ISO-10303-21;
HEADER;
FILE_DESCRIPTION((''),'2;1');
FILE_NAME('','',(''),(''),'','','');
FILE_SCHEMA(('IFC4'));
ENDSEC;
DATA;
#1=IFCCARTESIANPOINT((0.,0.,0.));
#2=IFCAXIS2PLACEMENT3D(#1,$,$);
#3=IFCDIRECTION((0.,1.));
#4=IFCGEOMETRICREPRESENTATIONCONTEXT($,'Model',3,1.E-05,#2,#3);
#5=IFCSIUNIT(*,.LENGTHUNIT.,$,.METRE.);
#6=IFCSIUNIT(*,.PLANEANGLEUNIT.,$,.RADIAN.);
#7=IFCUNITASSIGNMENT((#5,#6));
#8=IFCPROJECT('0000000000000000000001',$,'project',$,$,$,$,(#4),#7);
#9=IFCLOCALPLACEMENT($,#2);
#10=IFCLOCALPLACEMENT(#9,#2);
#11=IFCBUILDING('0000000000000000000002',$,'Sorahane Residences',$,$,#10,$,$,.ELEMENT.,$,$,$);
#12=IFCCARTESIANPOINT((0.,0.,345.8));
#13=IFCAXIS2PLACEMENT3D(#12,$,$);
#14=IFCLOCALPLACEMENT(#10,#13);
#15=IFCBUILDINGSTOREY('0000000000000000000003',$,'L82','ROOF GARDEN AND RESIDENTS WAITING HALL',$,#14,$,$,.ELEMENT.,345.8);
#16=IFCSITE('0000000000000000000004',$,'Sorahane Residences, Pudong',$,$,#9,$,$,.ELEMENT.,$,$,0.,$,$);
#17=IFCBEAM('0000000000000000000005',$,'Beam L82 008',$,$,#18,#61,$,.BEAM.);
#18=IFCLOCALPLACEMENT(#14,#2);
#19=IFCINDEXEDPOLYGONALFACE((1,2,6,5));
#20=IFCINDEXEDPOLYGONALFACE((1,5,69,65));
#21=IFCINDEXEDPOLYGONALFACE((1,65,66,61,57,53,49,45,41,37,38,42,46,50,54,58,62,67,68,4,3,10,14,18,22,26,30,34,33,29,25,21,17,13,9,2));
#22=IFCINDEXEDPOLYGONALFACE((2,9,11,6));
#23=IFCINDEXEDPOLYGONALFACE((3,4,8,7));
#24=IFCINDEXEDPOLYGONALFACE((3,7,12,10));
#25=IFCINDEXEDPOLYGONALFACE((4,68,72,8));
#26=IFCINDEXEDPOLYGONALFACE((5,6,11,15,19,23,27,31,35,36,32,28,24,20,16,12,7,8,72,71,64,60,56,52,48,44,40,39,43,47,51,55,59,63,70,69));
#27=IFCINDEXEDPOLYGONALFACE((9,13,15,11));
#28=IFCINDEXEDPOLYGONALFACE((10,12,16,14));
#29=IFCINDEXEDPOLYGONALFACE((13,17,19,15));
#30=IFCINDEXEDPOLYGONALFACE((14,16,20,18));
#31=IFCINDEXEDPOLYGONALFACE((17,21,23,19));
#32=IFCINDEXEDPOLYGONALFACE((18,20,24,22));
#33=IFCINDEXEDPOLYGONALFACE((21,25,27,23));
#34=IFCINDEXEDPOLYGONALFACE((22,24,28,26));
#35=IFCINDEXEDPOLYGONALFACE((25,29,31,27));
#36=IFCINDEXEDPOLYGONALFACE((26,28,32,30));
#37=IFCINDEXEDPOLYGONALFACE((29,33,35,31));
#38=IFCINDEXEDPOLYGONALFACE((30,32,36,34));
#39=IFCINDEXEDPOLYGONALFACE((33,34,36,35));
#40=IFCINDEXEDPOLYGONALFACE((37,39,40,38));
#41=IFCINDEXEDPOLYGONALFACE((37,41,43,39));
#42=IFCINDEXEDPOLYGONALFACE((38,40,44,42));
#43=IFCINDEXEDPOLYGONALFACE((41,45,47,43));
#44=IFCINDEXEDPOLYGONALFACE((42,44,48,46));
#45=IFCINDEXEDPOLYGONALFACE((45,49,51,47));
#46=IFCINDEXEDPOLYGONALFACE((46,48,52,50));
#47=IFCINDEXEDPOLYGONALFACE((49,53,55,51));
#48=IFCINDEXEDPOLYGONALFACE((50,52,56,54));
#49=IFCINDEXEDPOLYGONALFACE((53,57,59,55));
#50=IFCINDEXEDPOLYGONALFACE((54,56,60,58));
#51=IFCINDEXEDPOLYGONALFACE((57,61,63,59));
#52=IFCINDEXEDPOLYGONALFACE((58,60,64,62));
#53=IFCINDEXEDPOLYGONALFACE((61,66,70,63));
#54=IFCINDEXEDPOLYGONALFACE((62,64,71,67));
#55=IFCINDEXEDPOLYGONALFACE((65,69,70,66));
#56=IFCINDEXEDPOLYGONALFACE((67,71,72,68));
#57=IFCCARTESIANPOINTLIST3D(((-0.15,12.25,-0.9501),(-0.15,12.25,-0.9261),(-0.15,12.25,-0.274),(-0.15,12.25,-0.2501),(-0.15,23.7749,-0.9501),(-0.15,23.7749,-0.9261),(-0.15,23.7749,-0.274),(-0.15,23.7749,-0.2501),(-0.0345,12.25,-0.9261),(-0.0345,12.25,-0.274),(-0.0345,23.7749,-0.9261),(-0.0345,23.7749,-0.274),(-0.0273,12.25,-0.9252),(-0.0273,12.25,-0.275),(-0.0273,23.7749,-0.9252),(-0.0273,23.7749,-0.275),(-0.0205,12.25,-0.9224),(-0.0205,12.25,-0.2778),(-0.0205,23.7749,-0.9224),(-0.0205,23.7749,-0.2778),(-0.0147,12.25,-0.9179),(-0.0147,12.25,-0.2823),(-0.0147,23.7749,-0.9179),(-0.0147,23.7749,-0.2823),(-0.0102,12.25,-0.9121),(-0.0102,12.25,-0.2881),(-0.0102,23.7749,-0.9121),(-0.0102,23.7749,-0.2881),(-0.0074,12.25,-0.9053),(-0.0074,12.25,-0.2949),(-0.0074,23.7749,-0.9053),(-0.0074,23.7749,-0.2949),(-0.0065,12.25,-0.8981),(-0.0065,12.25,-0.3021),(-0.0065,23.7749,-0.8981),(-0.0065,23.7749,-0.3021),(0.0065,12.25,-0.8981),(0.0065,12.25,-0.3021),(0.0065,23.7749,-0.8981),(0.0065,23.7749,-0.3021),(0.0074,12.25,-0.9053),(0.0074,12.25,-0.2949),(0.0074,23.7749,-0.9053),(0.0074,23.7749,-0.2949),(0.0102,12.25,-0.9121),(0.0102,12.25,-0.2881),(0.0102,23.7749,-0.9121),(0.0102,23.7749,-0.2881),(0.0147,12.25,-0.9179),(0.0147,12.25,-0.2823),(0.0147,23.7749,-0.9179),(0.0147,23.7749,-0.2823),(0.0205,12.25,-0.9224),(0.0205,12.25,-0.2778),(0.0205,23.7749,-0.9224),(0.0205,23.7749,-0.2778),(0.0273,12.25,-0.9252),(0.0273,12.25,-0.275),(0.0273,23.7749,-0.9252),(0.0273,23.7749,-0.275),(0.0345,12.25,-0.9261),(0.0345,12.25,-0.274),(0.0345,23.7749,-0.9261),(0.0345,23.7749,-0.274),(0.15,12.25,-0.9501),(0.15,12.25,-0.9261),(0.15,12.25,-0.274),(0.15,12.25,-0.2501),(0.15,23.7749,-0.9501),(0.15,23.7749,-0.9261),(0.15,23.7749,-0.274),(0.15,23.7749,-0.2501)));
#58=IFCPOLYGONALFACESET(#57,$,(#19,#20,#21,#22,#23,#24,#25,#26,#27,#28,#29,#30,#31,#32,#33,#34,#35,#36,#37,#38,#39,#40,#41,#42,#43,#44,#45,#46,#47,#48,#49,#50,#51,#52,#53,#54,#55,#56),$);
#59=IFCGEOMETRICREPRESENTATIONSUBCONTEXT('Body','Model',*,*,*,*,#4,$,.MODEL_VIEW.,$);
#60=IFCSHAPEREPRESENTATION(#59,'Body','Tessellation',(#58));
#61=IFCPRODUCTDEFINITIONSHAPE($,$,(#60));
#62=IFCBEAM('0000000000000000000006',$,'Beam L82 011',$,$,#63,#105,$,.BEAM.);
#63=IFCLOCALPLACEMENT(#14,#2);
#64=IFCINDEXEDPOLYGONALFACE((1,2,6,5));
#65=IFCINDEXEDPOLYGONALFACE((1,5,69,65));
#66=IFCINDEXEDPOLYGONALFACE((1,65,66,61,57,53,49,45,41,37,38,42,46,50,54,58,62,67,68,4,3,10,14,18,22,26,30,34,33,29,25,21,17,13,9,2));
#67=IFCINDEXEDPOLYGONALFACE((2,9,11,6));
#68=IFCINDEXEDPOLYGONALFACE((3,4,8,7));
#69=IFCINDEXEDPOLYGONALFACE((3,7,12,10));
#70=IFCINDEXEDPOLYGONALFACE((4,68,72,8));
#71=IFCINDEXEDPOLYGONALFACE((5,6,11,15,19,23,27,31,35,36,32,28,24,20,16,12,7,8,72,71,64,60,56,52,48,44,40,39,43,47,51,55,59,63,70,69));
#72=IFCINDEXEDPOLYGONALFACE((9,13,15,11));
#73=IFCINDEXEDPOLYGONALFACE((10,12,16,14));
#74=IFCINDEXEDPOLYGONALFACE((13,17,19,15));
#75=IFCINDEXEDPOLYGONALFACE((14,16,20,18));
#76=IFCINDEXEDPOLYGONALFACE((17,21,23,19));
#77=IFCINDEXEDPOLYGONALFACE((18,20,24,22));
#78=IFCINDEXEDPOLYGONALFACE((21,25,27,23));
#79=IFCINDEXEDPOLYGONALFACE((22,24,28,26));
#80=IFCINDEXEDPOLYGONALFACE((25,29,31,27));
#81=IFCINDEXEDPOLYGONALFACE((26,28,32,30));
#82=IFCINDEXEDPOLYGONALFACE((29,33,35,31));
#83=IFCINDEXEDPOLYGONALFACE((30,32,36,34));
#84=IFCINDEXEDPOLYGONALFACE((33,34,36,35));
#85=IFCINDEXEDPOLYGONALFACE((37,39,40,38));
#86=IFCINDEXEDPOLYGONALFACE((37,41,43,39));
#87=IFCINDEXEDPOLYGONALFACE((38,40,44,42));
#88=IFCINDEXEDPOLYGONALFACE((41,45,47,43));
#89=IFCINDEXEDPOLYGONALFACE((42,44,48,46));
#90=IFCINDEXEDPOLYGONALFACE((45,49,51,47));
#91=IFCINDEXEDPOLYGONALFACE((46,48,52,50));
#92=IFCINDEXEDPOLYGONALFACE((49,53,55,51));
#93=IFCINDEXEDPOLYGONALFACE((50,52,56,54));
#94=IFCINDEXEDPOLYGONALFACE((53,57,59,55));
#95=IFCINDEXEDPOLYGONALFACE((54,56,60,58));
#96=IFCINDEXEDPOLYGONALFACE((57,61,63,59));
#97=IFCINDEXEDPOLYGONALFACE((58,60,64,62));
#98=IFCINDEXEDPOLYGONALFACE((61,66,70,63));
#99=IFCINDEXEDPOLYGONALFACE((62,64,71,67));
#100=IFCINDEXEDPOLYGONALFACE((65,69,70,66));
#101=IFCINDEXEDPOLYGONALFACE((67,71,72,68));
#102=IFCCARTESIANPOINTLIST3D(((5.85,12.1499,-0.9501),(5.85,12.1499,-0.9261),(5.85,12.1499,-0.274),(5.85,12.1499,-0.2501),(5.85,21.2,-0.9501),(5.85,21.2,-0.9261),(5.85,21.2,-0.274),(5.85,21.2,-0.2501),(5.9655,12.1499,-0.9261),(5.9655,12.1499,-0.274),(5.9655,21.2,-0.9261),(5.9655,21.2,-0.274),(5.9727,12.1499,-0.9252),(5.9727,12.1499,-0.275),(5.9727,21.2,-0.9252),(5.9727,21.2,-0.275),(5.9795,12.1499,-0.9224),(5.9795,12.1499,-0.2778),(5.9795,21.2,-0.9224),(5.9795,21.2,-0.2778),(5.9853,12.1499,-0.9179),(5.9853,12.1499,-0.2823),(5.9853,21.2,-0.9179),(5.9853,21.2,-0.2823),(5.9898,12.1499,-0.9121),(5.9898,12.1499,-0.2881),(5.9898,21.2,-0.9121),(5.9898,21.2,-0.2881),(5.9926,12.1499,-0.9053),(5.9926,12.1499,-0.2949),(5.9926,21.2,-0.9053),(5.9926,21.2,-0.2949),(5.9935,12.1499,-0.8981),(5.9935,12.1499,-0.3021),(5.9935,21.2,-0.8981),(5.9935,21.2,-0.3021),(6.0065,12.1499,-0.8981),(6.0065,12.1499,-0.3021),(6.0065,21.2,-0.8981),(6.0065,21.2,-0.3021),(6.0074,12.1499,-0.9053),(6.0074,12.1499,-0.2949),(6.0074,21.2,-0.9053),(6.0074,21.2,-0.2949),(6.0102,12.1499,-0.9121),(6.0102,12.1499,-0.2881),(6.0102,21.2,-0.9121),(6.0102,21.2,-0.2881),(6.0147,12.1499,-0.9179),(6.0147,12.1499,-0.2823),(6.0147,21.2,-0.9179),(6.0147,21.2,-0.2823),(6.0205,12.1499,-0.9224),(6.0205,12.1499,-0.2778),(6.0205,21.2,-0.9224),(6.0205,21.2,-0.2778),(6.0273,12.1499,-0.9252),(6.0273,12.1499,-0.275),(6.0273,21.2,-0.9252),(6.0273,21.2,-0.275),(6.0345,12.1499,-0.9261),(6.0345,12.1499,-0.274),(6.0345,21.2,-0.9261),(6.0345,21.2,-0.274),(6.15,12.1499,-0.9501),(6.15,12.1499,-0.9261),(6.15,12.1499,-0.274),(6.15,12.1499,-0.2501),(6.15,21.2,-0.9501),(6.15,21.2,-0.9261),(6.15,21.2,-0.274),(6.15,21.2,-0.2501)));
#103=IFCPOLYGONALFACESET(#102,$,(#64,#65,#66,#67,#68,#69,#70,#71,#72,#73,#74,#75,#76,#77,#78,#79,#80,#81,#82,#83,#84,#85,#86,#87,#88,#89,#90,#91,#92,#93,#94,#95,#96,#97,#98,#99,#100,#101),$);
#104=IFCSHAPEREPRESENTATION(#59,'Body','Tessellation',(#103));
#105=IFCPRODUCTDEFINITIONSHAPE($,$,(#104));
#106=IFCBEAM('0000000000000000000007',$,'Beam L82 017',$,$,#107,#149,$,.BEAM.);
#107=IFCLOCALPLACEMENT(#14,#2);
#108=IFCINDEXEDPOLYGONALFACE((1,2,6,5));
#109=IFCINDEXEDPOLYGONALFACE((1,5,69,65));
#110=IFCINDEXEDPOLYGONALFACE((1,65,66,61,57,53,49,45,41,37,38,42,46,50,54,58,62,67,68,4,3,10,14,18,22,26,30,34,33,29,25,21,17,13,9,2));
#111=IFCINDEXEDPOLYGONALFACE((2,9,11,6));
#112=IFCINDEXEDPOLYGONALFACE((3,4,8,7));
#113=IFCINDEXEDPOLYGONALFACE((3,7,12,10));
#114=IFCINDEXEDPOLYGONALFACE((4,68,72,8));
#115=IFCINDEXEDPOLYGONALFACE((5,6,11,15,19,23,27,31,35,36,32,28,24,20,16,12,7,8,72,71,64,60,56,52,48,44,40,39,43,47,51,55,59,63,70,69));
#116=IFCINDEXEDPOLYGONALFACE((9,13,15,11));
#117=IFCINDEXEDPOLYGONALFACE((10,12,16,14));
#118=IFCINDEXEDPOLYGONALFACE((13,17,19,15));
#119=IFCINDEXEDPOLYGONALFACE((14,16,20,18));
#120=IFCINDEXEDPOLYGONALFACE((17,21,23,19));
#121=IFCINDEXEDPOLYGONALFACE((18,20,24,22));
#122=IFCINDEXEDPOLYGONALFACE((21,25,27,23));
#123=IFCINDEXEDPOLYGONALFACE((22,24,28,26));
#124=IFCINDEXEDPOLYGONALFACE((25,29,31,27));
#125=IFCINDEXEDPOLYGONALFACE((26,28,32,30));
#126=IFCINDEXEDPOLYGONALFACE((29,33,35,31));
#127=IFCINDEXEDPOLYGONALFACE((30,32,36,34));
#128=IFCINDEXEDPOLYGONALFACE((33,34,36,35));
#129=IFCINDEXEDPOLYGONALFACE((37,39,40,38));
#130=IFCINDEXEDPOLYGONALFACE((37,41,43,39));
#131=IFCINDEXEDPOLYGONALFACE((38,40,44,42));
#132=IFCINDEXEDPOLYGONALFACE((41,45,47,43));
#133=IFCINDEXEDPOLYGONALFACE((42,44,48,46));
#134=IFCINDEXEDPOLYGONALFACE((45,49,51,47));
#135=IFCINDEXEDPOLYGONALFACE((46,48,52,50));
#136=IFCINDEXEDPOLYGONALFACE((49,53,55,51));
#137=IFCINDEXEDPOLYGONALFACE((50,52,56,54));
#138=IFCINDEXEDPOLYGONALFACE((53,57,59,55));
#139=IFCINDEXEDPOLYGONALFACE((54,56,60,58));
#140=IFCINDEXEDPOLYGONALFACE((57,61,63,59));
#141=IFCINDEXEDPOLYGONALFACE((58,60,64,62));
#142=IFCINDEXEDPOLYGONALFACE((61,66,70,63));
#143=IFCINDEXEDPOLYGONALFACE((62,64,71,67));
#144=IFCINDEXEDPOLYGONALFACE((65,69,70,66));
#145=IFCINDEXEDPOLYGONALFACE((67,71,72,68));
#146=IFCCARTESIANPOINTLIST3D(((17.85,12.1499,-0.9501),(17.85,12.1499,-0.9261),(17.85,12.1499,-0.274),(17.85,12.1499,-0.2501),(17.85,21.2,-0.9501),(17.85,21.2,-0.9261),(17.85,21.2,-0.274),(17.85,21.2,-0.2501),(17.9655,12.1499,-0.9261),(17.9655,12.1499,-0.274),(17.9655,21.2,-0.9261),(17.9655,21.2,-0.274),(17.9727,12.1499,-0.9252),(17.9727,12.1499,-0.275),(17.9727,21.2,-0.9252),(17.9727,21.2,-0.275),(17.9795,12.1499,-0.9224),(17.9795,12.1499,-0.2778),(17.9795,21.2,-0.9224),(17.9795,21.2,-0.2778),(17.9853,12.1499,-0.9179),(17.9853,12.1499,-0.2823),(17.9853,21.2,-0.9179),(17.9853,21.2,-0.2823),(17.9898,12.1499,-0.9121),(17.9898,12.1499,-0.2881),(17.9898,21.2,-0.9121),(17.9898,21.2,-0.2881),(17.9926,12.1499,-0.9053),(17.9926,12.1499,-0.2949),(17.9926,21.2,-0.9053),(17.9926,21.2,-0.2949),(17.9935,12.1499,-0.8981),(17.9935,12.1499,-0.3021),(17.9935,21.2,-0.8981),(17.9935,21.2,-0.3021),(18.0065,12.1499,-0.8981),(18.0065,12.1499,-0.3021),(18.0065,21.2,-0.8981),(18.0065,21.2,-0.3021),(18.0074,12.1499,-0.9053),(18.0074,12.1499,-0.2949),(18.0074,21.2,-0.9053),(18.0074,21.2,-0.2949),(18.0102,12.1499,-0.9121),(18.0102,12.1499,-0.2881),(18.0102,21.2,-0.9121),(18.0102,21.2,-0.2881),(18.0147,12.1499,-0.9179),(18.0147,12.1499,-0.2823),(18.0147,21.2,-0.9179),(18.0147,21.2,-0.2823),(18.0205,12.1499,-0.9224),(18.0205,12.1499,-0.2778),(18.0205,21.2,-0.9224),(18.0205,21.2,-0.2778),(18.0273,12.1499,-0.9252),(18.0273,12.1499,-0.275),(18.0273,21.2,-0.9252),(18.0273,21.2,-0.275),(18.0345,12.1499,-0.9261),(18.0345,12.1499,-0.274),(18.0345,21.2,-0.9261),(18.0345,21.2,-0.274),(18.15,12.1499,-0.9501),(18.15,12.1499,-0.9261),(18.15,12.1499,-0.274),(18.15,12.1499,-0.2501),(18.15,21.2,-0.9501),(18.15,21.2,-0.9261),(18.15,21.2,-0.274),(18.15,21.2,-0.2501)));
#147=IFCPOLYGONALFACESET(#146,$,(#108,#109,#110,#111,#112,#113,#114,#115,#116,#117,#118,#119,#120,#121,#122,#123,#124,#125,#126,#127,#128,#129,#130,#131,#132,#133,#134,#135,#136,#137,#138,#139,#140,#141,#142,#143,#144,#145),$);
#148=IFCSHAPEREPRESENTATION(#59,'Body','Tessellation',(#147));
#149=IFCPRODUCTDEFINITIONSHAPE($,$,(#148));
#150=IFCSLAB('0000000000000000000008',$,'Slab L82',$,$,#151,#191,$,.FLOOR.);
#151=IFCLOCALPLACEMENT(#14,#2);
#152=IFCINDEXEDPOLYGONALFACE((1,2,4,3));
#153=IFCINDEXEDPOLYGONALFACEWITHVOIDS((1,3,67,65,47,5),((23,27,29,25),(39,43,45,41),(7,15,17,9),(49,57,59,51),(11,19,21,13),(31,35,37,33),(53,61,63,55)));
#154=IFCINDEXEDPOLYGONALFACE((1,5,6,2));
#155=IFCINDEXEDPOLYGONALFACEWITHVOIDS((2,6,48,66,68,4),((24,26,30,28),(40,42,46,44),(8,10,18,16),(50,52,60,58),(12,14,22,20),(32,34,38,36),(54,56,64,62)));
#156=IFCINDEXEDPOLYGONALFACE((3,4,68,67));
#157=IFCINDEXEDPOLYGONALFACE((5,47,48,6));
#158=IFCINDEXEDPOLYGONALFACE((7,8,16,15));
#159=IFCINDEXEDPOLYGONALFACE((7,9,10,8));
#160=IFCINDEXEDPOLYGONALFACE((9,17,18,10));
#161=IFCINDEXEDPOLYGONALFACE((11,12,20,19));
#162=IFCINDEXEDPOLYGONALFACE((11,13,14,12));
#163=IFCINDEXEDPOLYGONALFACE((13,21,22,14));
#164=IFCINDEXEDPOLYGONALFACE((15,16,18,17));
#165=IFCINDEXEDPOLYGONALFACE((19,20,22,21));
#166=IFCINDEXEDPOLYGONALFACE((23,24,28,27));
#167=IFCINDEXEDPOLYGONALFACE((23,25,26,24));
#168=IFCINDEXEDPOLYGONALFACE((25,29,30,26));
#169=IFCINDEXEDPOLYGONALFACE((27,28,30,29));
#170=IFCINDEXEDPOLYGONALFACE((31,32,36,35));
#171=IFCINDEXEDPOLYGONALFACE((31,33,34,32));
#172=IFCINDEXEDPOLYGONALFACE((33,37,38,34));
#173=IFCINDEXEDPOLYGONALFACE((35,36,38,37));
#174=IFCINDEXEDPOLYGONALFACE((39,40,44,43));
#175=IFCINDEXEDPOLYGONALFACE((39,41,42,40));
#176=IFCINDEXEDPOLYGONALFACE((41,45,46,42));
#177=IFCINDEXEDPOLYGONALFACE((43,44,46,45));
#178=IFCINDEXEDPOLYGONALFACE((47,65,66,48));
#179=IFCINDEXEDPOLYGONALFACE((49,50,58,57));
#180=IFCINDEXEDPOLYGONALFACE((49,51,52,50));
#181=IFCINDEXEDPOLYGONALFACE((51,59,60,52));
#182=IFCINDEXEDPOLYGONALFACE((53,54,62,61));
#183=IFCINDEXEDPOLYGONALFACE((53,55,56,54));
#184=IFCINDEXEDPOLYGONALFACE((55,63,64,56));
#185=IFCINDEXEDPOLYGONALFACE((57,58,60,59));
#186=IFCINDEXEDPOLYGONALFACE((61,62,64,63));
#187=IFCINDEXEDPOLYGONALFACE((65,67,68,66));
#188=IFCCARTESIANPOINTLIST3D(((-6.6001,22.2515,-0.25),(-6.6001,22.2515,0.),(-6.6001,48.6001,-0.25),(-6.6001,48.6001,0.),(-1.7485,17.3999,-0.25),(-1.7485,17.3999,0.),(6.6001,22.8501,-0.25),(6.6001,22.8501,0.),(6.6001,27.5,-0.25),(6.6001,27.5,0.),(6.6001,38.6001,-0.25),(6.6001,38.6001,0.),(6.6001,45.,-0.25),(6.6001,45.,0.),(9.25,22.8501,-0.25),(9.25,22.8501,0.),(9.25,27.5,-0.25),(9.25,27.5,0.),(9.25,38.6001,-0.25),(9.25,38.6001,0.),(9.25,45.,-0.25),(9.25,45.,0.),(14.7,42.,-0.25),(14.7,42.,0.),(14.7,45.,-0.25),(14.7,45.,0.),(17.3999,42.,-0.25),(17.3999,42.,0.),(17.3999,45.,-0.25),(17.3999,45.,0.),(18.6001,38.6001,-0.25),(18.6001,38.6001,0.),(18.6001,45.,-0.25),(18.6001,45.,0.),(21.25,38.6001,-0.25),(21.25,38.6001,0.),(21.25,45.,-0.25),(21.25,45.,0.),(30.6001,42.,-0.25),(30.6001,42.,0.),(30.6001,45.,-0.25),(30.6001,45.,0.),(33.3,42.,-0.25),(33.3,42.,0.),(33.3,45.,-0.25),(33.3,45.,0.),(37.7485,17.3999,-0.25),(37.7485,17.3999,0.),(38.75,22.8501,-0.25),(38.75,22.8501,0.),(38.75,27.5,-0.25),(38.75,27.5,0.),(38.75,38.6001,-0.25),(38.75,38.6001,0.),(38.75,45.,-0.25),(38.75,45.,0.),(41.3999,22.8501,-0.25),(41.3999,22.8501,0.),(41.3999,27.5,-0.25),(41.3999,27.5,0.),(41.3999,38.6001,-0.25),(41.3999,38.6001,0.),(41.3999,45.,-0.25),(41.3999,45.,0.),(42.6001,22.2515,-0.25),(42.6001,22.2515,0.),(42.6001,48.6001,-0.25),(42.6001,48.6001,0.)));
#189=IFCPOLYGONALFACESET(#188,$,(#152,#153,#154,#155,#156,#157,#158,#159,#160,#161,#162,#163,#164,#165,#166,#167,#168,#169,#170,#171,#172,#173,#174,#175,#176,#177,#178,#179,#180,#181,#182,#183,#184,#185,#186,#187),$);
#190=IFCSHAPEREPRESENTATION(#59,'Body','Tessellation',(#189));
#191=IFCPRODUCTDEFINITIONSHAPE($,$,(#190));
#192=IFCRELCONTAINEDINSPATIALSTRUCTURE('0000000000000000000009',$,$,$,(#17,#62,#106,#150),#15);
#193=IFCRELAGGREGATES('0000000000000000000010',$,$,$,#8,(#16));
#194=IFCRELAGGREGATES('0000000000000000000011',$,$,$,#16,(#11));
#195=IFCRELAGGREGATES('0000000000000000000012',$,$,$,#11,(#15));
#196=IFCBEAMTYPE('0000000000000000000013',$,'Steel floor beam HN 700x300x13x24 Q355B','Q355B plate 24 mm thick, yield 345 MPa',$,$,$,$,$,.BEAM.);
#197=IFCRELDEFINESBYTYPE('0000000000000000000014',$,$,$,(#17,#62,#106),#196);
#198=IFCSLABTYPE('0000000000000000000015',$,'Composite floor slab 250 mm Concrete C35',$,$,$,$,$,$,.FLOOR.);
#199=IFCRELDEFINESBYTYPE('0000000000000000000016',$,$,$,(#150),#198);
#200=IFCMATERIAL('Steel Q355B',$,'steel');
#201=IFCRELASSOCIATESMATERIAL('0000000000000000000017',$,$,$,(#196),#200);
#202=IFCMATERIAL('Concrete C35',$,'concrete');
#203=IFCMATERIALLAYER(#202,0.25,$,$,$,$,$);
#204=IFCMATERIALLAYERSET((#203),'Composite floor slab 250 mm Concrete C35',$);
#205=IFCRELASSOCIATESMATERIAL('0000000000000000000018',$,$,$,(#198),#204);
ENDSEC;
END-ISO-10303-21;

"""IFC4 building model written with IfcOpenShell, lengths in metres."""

from ifc_helpers import new_model, si_unit, direction, frame, origin, origin_2d, place, context, subcontext, project, spatial, polyline, i_section, outline, extrude, material, layer, layer_set, material_profile, profile_set, type_object, element, save


model = new_model("IFC4")

# Units and contexts
model_context = context("Model", 3, precision=1e-05, world=origin(), true_north=direction((0.0, 1.0)))
body_context = subcontext(model_context, "Body", "Model", "MODEL_VIEW")
ifc_project = project(units=[si_unit("LENGTHUNIT", "METRE"), si_unit("PLANEANGLEUNIT", "RADIAN")], contexts=[model_context])

# Site, building, storey
site_placement = place(None, origin())
site = spatial("IfcSite", under=ifc_project, at=site_placement, Name="Sorahane Residences, Pudong", CompositionType="ELEMENT", RefElevation=0.0)
building_placement = place(site_placement, origin())
building = spatial("IfcBuilding", under=site, at=building_placement, Name="Sorahane Residences", CompositionType="ELEMENT")
storey_placement = place(building_placement, frame((0.0, 0.0, 345.8)))
storey = spatial("IfcBuildingStorey", under=building, at=storey_placement, Name="L82", Description="ROOF GARDEN AND RESIDENTS WAITING HALL", CompositionType="ELEMENT", Elevation=345.8)

# Beams
ifc_material_1 = material(Name="Steel Q355B", Category="steel")
ifc_material_profile_1 = material_profile(ifc_material_1, i_section(OverallWidth=0.3, OverallDepth=0.7, WebThickness=0.0129, FlangeThickness=0.0239, FilletRadius=0.0281, at=origin_2d()), Name="HN 700x300x13x24")
ifc_profile_set_1 = profile_set([ifc_material_profile_1], Name="Steel Q355B")
beam_type = type_object("IfcBeamType", Name="Steel floor beam HN 700x300x13x24 Q355B", Description="Q355B plate 24 mm thick, yield 345 MPa", PredefinedType="BEAM", material=ifc_profile_set_1)
beam_placement = place(storey_placement, frame((0.0, 12.25, -0.6001), z_axis=(0.0, 1.0, 0.0), x_axis=(-1.0, 0.0, 0.0)))
element("IfcBeam", 1, at=beam_placement, inside=storey, type_object=beam_type, Name="Beam L82 008", PredefinedType="BEAM", context=body_context, shape_type="SweptSolid", body=[
    extrude(i_section(OverallWidth=0.3, OverallDepth=0.7, WebThickness=0.0129, FlangeThickness=0.0239, FilletRadius=0.0281, at=origin_2d()), origin(), (0.0, 0.0, 1.0), 11.5249),
])
for number, where, z_axis, x_axis, name in (
    (2, (6.0, 12.1499, -0.6001), (0.0, 1.0, 0.0), (-1.0, 0.0, 0.0), "Beam L82 011"),
    (3, (18.0, 12.1499, -0.6001), (0.0, 1.0, 0.0), (-1.0, 0.0, 0.0), "Beam L82 017"),
):
    element("IfcBeam", number, at=place(storey_placement, frame(where, z_axis=z_axis, x_axis=x_axis)), inside=storey, type_object=beam_type, Name=name, PredefinedType="BEAM", context=body_context, shape_type="SweptSolid", body=[
        extrude(i_section(OverallWidth=0.3, OverallDepth=0.7, WebThickness=0.0129, FlangeThickness=0.0239, FilletRadius=0.0281, at=origin_2d()), origin(), (0.0, 0.0, 1.0), 9.05),
    ])

# Slab
ifc_material_2 = material(Name="Concrete C35", Category="concrete")
ifc_layer_1 = layer(ifc_material_2, 0.25)
ifc_layer_set_1 = layer_set([ifc_layer_1], Name="Composite floor slab 250 mm Concrete C35")
slab_type_1 = type_object("IfcSlabType", Name="Composite floor slab 250 mm Concrete C35", PredefinedType="FLOOR", material=ifc_layer_set_1)
slab_1_placement = place(storey_placement, frame((0.0, 0.0, -0.25)))
element("IfcSlab", 4, at=slab_1_placement, inside=storey, type_object=slab_type_1, Name="Slab L82", PredefinedType="FLOOR", context=body_context, shape_type="SweptSolid", body=[
    extrude(outline(polyline([(-1.7485, 17.3999), (-6.6001, 22.2515), (-6.6001, 48.6001), (42.6001, 48.6001), (42.6001, 22.2515), (37.7485, 17.3999), (-1.7485, 17.3999)]), holes=[polyline([(30.6001, 42.0), (33.3, 42.0), (33.3, 45.0), (30.6001, 45.0), (30.6001, 42.0)]), polyline([(14.7, 42.0), (17.3999, 42.0), (17.3999, 45.0), (14.7, 45.0), (14.7, 42.0)]), polyline([(9.25, 38.6001), (9.25, 45.0), (6.6001, 45.0), (6.6001, 38.6001), (9.25, 38.6001)]), polyline([(41.3999, 38.6001), (41.3999, 45.0), (38.75, 45.0), (38.75, 38.6001), (41.3999, 38.6001)]), polyline([(21.25, 38.6001), (21.25, 45.0), (18.6001, 45.0), (18.6001, 38.6001), (21.25, 38.6001)]), polyline([(9.25, 22.8501), (9.25, 27.5), (6.6001, 27.5), (6.6001, 22.8501), (9.25, 22.8501)]), polyline([(41.3999, 22.8501), (41.3999, 27.5), (38.75, 27.5), (38.75, 22.8501), (41.3999, 22.8501)])]), origin(), (0.0, 0.0, 1.0), 0.25),
])

save(model, "model.ifc")
